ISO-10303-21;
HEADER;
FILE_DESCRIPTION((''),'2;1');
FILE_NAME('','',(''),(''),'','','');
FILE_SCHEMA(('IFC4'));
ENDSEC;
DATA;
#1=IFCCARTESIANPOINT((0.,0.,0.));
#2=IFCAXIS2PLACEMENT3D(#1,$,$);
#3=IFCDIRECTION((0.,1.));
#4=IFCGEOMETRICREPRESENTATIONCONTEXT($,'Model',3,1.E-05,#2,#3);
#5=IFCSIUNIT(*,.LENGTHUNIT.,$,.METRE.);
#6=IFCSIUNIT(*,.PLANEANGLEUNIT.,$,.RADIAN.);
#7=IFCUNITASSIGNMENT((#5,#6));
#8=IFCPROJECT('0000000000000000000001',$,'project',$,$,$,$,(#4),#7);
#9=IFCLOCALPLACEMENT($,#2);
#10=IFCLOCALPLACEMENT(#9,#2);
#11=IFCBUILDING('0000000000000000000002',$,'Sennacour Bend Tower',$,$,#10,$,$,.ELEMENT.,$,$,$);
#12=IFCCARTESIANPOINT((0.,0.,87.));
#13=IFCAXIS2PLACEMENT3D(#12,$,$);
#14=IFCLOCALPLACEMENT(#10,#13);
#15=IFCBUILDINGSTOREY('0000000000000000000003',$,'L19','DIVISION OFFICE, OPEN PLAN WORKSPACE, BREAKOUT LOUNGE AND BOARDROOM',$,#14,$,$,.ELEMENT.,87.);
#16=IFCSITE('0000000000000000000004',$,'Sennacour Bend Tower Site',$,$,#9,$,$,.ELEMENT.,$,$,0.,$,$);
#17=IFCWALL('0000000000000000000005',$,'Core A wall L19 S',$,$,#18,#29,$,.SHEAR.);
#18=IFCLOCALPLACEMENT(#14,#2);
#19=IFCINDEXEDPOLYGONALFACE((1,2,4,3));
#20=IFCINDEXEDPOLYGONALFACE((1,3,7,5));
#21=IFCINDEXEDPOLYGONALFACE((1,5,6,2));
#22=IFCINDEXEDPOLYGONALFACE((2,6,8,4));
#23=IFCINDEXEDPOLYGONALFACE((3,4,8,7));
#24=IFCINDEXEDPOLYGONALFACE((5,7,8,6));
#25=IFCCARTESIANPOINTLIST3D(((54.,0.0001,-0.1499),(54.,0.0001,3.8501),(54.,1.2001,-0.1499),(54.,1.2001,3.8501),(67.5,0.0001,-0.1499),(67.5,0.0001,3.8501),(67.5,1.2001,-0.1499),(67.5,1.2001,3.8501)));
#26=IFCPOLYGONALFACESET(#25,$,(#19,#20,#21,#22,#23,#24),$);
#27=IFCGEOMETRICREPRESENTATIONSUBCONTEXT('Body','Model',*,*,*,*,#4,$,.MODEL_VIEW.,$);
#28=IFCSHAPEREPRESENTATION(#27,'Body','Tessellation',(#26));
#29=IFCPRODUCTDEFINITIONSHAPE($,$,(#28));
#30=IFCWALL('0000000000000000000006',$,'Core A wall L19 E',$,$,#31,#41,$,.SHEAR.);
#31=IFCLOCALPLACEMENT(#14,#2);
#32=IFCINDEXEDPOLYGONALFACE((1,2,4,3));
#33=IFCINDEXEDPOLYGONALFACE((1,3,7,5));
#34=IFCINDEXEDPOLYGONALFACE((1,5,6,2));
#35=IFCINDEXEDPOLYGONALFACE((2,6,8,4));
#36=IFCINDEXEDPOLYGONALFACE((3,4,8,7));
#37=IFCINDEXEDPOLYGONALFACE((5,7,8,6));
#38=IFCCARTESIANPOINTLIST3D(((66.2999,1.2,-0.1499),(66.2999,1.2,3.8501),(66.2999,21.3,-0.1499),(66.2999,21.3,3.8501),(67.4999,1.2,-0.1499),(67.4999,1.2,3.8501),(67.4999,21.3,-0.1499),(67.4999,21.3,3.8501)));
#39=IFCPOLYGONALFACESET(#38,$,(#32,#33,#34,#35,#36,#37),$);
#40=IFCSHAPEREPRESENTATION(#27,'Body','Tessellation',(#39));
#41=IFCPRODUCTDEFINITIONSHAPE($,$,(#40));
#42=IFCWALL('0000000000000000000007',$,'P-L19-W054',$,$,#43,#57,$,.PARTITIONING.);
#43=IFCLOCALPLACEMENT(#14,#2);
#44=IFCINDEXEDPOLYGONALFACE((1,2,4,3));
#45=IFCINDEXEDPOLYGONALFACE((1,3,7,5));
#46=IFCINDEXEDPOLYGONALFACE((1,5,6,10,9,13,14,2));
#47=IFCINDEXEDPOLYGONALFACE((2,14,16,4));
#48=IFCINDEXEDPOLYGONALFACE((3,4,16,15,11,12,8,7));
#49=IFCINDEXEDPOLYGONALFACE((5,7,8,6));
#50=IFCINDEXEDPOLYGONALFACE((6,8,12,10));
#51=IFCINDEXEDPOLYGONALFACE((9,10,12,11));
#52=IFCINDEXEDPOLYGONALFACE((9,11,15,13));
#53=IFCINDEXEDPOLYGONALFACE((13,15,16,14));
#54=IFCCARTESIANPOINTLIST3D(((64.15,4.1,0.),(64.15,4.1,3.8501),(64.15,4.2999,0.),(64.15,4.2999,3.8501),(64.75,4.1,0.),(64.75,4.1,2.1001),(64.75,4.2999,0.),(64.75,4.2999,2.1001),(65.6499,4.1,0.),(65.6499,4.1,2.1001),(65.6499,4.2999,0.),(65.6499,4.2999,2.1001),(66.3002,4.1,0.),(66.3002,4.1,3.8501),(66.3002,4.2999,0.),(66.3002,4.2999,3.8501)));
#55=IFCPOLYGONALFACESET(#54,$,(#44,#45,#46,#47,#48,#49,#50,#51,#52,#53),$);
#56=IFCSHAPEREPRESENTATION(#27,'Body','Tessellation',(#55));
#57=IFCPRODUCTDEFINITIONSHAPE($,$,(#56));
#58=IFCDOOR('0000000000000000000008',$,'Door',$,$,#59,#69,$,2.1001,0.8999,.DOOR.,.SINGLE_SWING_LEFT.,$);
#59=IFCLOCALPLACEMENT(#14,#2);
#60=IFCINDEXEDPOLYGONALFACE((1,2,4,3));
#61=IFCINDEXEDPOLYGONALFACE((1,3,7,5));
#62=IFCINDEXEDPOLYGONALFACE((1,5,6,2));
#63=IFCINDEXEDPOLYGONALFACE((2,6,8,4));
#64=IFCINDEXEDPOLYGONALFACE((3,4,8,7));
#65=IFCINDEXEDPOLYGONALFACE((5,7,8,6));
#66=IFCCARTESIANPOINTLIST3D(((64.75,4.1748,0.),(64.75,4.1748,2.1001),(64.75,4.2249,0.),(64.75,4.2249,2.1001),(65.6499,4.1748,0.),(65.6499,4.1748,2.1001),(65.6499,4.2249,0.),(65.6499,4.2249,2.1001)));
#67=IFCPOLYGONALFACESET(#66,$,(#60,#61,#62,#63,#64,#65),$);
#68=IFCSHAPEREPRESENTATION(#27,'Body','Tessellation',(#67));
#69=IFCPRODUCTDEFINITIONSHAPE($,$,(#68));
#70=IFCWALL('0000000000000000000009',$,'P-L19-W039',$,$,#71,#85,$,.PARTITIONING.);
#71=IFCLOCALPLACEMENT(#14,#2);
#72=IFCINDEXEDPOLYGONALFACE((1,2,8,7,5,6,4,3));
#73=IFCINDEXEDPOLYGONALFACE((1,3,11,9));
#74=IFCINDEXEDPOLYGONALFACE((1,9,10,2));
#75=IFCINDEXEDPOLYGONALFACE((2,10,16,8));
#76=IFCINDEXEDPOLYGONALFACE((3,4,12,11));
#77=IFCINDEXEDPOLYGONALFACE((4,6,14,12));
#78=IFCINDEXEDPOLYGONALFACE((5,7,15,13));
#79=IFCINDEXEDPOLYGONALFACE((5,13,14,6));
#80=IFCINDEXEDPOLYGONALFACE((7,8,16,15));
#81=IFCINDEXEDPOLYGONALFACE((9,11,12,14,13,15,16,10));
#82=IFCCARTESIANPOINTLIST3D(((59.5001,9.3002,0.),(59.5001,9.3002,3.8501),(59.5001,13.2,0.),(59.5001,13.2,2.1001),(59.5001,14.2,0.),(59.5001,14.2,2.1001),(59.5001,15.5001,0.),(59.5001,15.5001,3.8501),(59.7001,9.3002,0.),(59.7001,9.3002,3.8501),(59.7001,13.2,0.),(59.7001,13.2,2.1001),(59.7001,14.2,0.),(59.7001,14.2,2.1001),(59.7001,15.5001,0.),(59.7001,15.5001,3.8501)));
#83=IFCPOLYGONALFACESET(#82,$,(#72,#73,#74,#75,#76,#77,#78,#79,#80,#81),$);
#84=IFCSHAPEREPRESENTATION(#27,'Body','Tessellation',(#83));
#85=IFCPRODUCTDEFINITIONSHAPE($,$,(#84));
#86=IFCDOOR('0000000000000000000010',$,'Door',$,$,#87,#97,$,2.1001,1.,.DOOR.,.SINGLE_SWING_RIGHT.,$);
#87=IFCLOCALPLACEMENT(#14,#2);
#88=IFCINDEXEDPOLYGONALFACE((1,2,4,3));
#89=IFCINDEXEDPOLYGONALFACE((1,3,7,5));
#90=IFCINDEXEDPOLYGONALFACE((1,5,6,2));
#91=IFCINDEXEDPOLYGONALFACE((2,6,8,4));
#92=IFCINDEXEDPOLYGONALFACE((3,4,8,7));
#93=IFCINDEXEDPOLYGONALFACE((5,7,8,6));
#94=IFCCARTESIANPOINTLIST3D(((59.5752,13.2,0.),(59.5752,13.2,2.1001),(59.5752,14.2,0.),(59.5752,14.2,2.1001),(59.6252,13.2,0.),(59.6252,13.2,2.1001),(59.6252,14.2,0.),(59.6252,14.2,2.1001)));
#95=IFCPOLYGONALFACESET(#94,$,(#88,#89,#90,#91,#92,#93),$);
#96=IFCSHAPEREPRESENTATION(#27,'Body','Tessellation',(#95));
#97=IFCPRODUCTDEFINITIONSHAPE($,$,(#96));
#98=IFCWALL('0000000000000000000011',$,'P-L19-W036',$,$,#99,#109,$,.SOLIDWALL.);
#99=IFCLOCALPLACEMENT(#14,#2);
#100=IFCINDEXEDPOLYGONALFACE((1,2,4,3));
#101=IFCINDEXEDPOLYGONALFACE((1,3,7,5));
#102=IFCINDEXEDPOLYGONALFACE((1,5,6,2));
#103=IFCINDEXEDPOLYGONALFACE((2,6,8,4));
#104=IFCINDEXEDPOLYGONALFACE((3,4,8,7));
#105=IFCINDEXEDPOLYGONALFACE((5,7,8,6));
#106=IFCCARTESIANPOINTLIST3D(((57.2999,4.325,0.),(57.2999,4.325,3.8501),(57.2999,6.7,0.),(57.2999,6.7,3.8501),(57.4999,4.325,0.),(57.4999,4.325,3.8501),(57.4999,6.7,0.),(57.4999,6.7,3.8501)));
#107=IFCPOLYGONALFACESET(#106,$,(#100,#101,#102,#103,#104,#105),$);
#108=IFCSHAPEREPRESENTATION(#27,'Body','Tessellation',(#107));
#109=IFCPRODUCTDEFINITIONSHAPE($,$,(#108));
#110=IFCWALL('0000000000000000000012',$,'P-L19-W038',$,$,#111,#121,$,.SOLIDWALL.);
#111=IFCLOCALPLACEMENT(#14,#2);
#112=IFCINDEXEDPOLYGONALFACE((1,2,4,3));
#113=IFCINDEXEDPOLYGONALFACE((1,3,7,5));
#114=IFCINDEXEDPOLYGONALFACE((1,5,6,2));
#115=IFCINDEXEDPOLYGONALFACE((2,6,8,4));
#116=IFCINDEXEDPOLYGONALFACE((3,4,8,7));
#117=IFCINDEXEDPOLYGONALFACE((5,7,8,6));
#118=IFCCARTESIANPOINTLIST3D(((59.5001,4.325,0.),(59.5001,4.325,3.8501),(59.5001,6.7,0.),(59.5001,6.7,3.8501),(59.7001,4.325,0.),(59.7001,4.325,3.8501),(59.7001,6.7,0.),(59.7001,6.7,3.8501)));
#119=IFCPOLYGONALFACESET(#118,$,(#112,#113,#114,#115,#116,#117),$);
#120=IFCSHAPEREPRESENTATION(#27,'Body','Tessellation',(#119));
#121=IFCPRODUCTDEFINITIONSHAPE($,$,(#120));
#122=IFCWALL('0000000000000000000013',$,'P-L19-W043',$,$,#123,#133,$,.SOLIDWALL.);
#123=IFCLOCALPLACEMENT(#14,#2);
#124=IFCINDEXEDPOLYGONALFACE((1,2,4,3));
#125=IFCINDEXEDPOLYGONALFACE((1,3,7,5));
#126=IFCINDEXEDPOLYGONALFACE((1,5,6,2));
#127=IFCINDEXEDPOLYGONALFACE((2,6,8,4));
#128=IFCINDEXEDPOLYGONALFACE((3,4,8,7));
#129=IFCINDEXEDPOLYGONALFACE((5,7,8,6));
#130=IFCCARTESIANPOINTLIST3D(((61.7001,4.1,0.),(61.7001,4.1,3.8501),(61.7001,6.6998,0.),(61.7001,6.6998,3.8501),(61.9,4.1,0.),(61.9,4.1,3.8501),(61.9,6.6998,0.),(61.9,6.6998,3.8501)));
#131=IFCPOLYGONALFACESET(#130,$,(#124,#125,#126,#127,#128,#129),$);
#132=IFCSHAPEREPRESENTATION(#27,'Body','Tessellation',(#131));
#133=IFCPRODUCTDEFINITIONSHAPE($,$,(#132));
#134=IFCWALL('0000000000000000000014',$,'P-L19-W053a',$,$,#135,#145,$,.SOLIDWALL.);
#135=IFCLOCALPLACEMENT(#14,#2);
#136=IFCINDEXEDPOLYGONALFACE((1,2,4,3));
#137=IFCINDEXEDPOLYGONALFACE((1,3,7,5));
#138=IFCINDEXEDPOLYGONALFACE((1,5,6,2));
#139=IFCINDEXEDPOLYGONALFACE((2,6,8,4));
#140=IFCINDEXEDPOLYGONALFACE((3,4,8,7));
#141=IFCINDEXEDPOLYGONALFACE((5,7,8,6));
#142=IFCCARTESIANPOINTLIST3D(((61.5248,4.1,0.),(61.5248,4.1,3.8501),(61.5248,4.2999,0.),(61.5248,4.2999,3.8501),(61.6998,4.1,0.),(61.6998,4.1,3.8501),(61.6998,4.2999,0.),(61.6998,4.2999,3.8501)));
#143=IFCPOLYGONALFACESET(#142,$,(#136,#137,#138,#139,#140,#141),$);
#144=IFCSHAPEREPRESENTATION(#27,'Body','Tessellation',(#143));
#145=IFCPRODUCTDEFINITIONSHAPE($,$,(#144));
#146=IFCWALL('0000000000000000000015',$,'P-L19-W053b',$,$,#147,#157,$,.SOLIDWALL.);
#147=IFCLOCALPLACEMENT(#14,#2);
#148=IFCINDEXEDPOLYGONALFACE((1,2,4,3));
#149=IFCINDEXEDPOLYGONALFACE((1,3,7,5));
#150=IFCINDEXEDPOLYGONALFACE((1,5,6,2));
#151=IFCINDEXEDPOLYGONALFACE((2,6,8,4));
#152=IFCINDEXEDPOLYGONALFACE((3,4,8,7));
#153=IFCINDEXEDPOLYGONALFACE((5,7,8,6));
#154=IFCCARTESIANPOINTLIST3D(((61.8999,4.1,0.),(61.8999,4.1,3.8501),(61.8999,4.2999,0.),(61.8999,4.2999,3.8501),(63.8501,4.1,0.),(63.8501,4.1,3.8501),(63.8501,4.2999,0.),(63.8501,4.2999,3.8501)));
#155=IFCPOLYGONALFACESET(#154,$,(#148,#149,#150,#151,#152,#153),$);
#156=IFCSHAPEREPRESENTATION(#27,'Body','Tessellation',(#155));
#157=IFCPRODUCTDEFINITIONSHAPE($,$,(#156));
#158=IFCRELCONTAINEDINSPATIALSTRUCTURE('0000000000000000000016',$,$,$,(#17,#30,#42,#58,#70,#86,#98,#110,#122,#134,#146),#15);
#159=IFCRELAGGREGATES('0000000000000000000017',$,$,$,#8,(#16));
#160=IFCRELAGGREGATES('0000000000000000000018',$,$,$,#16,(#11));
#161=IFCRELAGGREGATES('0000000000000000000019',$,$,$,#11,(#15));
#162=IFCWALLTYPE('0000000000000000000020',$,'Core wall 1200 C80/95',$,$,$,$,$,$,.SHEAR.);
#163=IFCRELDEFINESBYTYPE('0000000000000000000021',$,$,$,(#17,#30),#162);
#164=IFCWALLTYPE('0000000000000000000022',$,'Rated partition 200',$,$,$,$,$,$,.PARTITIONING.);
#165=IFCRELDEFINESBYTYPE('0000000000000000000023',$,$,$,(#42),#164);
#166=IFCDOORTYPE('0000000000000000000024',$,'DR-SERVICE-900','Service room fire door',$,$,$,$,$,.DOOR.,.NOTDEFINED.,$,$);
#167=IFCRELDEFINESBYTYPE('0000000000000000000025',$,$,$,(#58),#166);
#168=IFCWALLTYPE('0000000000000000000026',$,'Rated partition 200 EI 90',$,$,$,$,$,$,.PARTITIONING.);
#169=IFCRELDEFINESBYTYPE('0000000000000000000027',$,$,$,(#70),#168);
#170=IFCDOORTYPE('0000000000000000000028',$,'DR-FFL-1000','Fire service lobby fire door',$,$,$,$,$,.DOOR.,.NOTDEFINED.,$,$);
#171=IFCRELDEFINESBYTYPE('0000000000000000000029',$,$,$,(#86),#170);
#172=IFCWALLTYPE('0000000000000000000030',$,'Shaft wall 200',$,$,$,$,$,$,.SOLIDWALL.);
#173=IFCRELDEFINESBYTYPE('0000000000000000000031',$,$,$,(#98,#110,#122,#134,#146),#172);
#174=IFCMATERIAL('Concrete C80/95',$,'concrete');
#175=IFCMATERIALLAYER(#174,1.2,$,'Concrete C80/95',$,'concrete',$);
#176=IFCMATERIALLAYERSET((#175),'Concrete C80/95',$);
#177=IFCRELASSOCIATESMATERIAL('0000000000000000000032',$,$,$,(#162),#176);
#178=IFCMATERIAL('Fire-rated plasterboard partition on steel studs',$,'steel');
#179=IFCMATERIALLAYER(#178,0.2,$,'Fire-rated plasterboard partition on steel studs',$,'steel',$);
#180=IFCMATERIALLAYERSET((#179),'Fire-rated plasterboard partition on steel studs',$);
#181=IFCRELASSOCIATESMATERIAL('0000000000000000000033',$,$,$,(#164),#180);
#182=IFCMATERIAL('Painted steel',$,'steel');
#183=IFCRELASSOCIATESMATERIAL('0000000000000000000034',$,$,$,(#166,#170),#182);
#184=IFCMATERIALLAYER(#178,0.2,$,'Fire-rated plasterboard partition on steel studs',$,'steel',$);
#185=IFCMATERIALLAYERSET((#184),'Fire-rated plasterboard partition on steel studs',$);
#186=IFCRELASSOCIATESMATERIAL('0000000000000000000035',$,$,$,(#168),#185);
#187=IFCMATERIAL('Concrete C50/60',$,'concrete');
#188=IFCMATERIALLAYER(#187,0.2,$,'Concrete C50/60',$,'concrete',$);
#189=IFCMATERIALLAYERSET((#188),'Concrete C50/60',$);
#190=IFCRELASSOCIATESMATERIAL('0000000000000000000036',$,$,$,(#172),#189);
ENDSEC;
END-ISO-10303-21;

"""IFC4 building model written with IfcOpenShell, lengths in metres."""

from ifc_helpers import new_model, si_unit, direction, frame, frame_2d, origin, place, context, subcontext, project, spatial, rectangle, extrude, material, layer, layer_set, type_object, element, fill, save


model = new_model("IFC4")

# Units and contexts
model_context = context("Model", 3, precision=1e-05, world=origin(), true_north=direction((0.0, 1.0)))
body_context = subcontext(model_context, "Body", "Model", "MODEL_VIEW")
ifc_project = project(units=[si_unit("LENGTHUNIT", "METRE"), si_unit("PLANEANGLEUNIT", "RADIAN")], contexts=[model_context])

# Site, building, storey
site_placement = place(None, origin())
site = spatial("IfcSite", under=ifc_project, at=site_placement, Name="Sennacour Bend Tower Site", CompositionType="ELEMENT", RefElevation=0.0)
building_placement = place(site_placement, origin())
building = spatial("IfcBuilding", under=site, at=building_placement, Name="Sennacour Bend Tower", CompositionType="ELEMENT")
storey_placement = place(building_placement, frame((0.0, 0.0, 87.0)))
storey = spatial("IfcBuildingStorey", under=building, at=storey_placement, Name="L19", Description="DIVISION OFFICE, OPEN PLAN WORKSPACE, BREAKOUT LOUNGE AND BOARDROOM", CompositionType="ELEMENT", Elevation=87.0)

# Walls
ifc_material_1 = material(Name="Concrete C80/95", Category="concrete")
ifc_layer_1 = layer(ifc_material_1, 1.2, Name="Concrete C80/95", Category="concrete")
ifc_layer_set_1 = layer_set([ifc_layer_1], Name="Concrete C80/95")
wall_type_1 = type_object("IfcWallType", Name="Core wall 1200 C80/95", PredefinedType="SHEAR", material=ifc_layer_set_1)
wall_1_placement = place(storey_placement, frame((67.5, 0.6001, -0.1499), z_axis=(0.0, 0.0, 1.0), x_axis=(-1.0, 0.0, 0.0)))
element("IfcWall", 1, at=wall_1_placement, inside=storey, type_object=wall_type_1, Name="Core A wall L19 S", PredefinedType="SHEAR", context=body_context, shape_type="SweptSolid", body=[
    extrude(rectangle(XDim=13.5, YDim=1.2, at=frame_2d((6.75, 0.0))), origin(), (0.0, 0.0, 1.0), 4.0),
])
wall_2_placement = place(storey_placement, frame((66.8999, 1.2, -0.1499), z_axis=(0.0, 0.0, 1.0), x_axis=(0.0, 1.0, 0.0)))
element("IfcWall", 2, at=wall_2_placement, inside=storey, type_object=wall_type_1, Name="Core A wall L19 E", PredefinedType="SHEAR", context=body_context, shape_type="SweptSolid", body=[
    extrude(rectangle(XDim=20.1001, YDim=1.2, at=frame_2d((10.05, 0.0))), origin(), (0.0, 0.0, 1.0), 4.0),
])

# Walls, openings, doors
ifc_material_2 = material(Name="Fire-rated plasterboard partition on steel studs", Category="steel")
ifc_layer_2 = layer(ifc_material_2, 0.2, Name="Fire-rated plasterboard partition on steel studs", Category="steel")
ifc_layer_set_2 = layer_set([ifc_layer_2], Name="Fire-rated plasterboard partition on steel studs")
wall_type_2 = type_object("IfcWallType", Name="Rated partition 200", PredefinedType="PARTITIONING", material=ifc_layer_set_2)
wall_3_placement = place(storey_placement, frame((64.1499, 4.2, 0.0), z_axis=(0.0, 0.0, 1.0), x_axis=(1.0, 0.0, 0.0)))
wall_3 = element("IfcWall", 3, at=wall_3_placement, inside=storey, type_object=wall_type_2, Name="P-L19-W054", PredefinedType="PARTITIONING", context=body_context, shape_type="SweptSolid", body=[
    extrude(rectangle(XDim=2.1501, YDim=0.2, at=frame_2d((1.0752, 0.0))), origin(), (0.0, 0.0, 1.0), 3.8501),
])
opening_1_placement = place(wall_3_placement, frame((0.6001, 0.0, 0.0)))
opening_1 = element("IfcOpeningElement", 4, at=opening_1_placement, cuts=wall_3, PredefinedType="OPENING", context=body_context, shape_type="SweptSolid", body=[
    extrude(rectangle(XDim=0.8999, YDim=2.1001, at=frame_2d((0.45, 1.05))), frame((0.0, 0.1099, 0.0), z_axis=(0.0, -1.0, 0.0), x_axis=(1.0, 0.0, 0.0)), (0.0, 0.0, 1.0), 0.22),
])
ifc_material_3 = material(Name="Painted steel", Category="steel")
door_type_1 = type_object("IfcDoorType", Name="DR-SERVICE-900", Description="Service room fire door", OperationType="NOTDEFINED", PredefinedType="DOOR", material=ifc_material_3)
door_1_placement = place(opening_1_placement, origin())
door_1 = element("IfcDoor", 5, at=door_1_placement, inside=storey, type_object=door_type_1, Name="Door", OperationType="SINGLE_SWING_LEFT", OverallHeight=2.1001, OverallWidth=0.8999, PredefinedType="DOOR", context=body_context, shape_type="SweptSolid", body=[
    extrude(rectangle(XDim=0.8999, YDim=2.1001, at=frame_2d((0.45, 1.05))), frame((0.0, 0.0249, 0.0), z_axis=(0.0, -1.0, 0.0), x_axis=(1.0, 0.0, 0.0)), (0.0, 0.0, 1.0), 0.05),
])
fill(opening_1, door_1)
ifc_layer_3 = layer(ifc_material_2, 0.2, Name="Fire-rated plasterboard partition on steel studs", Category="steel")
ifc_layer_set_3 = layer_set([ifc_layer_3], Name="Fire-rated plasterboard partition on steel studs")
wall_type_3 = type_object("IfcWallType", Name="Rated partition 200 EI 90", PredefinedType="PARTITIONING", material=ifc_layer_set_3)
wall_4_placement = place(storey_placement, frame((59.6001, 9.3, 0.0), z_axis=(0.0, 0.0, 1.0), x_axis=(0.0, 1.0, 0.0)))
wall_4 = element("IfcWall", 6, at=wall_4_placement, inside=storey, type_object=wall_type_3, Name="P-L19-W039", PredefinedType="PARTITIONING", context=body_context, shape_type="SweptSolid", body=[
    extrude(rectangle(XDim=6.2, YDim=0.2, at=frame_2d((3.1001, 0.0))), origin(), (0.0, 0.0, 1.0), 3.8501),
])
opening_2_placement = place(wall_4_placement, frame((3.8999, 0.0, 0.0)))
opening_2 = element("IfcOpeningElement", 7, at=opening_2_placement, cuts=wall_4, PredefinedType="OPENING", context=body_context, shape_type="SweptSolid", body=[
    extrude(rectangle(XDim=1.0, YDim=2.1001, at=frame_2d((0.5, 1.05))), frame((0.0, 0.1099, 0.0), z_axis=(0.0, -1.0, 0.0), x_axis=(1.0, 0.0, 0.0)), (0.0, 0.0, 1.0), 0.22),
])
door_type_2 = type_object("IfcDoorType", Name="DR-FFL-1000", Description="Fire service lobby fire door", OperationType="NOTDEFINED", PredefinedType="DOOR", material=ifc_material_3)
door_2_placement = place(opening_2_placement, origin())
door_2 = element("IfcDoor", 8, at=door_2_placement, inside=storey, type_object=door_type_2, Name="Door", OperationType="SINGLE_SWING_RIGHT", OverallHeight=2.1001, OverallWidth=1.0, PredefinedType="DOOR", context=body_context, shape_type="SweptSolid", body=[
    extrude(rectangle(XDim=1.0, YDim=2.1001, at=frame_2d((0.5, 1.05))), frame((0.0, 0.0249, 0.0), z_axis=(0.0, -1.0, 0.0), x_axis=(1.0, 0.0, 0.0)), (0.0, 0.0, 1.0), 0.05),
])
fill(opening_2, door_2)

# Walls
ifc_material_4 = material(Name="Concrete C50/60", Category="concrete")
ifc_layer_4 = layer(ifc_material_4, 0.2, Name="Concrete C50/60", Category="concrete")
ifc_layer_set_4 = layer_set([ifc_layer_4], Name="Concrete C50/60")
wall_type_4 = type_object("IfcWallType", Name="Shaft wall 200", PredefinedType="SOLIDWALL", material=ifc_layer_set_4)
for number, where, z_axis, x_axis, name in (
    (9, (57.3999, 4.325, 0.0), (0.0, 0.0, 1.0), (0.0, 1.0, 0.0), "P-L19-W036"),
    (10, (59.6001, 4.325, 0.0), (0.0, 0.0, 1.0), (0.0, 1.0, 0.0), "P-L19-W038"),
):
    element("IfcWall", number, at=place(storey_placement, frame(where, z_axis=z_axis, x_axis=x_axis)), inside=storey, type_object=wall_type_4, Name=name, PredefinedType="SOLIDWALL", context=body_context, shape_type="SweptSolid", body=[
        extrude(rectangle(XDim=2.375, YDim=0.2, at=frame_2d((1.1875, 0.0))), origin(), (0.0, 0.0, 1.0), 3.8501),
    ])
wall_5_placement = place(storey_placement, frame((61.8, 4.1001, 0.0), z_axis=(0.0, 0.0, 1.0), x_axis=(0.0, 1.0, 0.0)))
element("IfcWall", 11, at=wall_5_placement, inside=storey, type_object=wall_type_4, Name="P-L19-W043", PredefinedType="SOLIDWALL", context=body_context, shape_type="SweptSolid", body=[
    extrude(rectangle(XDim=2.5999, YDim=0.2, at=frame_2d((1.2998, 0.0))), origin(), (0.0, 0.0, 1.0), 3.8501),
])
wall_6_placement = place(storey_placement, frame((61.5249, 4.2, 0.0), z_axis=(0.0, 0.0, 1.0), x_axis=(1.0, 0.0, 0.0)))
element("IfcWall", 12, at=wall_6_placement, inside=storey, type_object=wall_type_4, Name="P-L19-W053a", PredefinedType="SOLIDWALL", context=body_context, shape_type="SweptSolid", body=[
    extrude(rectangle(XDim=0.175, YDim=0.2, at=frame_2d((0.0874, 0.0))), origin(), (0.0, 0.0, 1.0), 3.8501),
])
wall_7_placement = place(storey_placement, frame((61.8999, 4.2, 0.0), z_axis=(0.0, 0.0, 1.0), x_axis=(1.0, 0.0, 0.0)))
element("IfcWall", 13, at=wall_7_placement, inside=storey, type_object=wall_type_4, Name="P-L19-W053b", PredefinedType="SOLIDWALL", context=body_context, shape_type="SweptSolid", body=[
    extrude(rectangle(XDim=1.9502, YDim=0.2, at=frame_2d((0.9751, 0.0))), origin(), (0.0, 0.0, 1.0), 3.8501),
])

save(model, "model.ifc")
